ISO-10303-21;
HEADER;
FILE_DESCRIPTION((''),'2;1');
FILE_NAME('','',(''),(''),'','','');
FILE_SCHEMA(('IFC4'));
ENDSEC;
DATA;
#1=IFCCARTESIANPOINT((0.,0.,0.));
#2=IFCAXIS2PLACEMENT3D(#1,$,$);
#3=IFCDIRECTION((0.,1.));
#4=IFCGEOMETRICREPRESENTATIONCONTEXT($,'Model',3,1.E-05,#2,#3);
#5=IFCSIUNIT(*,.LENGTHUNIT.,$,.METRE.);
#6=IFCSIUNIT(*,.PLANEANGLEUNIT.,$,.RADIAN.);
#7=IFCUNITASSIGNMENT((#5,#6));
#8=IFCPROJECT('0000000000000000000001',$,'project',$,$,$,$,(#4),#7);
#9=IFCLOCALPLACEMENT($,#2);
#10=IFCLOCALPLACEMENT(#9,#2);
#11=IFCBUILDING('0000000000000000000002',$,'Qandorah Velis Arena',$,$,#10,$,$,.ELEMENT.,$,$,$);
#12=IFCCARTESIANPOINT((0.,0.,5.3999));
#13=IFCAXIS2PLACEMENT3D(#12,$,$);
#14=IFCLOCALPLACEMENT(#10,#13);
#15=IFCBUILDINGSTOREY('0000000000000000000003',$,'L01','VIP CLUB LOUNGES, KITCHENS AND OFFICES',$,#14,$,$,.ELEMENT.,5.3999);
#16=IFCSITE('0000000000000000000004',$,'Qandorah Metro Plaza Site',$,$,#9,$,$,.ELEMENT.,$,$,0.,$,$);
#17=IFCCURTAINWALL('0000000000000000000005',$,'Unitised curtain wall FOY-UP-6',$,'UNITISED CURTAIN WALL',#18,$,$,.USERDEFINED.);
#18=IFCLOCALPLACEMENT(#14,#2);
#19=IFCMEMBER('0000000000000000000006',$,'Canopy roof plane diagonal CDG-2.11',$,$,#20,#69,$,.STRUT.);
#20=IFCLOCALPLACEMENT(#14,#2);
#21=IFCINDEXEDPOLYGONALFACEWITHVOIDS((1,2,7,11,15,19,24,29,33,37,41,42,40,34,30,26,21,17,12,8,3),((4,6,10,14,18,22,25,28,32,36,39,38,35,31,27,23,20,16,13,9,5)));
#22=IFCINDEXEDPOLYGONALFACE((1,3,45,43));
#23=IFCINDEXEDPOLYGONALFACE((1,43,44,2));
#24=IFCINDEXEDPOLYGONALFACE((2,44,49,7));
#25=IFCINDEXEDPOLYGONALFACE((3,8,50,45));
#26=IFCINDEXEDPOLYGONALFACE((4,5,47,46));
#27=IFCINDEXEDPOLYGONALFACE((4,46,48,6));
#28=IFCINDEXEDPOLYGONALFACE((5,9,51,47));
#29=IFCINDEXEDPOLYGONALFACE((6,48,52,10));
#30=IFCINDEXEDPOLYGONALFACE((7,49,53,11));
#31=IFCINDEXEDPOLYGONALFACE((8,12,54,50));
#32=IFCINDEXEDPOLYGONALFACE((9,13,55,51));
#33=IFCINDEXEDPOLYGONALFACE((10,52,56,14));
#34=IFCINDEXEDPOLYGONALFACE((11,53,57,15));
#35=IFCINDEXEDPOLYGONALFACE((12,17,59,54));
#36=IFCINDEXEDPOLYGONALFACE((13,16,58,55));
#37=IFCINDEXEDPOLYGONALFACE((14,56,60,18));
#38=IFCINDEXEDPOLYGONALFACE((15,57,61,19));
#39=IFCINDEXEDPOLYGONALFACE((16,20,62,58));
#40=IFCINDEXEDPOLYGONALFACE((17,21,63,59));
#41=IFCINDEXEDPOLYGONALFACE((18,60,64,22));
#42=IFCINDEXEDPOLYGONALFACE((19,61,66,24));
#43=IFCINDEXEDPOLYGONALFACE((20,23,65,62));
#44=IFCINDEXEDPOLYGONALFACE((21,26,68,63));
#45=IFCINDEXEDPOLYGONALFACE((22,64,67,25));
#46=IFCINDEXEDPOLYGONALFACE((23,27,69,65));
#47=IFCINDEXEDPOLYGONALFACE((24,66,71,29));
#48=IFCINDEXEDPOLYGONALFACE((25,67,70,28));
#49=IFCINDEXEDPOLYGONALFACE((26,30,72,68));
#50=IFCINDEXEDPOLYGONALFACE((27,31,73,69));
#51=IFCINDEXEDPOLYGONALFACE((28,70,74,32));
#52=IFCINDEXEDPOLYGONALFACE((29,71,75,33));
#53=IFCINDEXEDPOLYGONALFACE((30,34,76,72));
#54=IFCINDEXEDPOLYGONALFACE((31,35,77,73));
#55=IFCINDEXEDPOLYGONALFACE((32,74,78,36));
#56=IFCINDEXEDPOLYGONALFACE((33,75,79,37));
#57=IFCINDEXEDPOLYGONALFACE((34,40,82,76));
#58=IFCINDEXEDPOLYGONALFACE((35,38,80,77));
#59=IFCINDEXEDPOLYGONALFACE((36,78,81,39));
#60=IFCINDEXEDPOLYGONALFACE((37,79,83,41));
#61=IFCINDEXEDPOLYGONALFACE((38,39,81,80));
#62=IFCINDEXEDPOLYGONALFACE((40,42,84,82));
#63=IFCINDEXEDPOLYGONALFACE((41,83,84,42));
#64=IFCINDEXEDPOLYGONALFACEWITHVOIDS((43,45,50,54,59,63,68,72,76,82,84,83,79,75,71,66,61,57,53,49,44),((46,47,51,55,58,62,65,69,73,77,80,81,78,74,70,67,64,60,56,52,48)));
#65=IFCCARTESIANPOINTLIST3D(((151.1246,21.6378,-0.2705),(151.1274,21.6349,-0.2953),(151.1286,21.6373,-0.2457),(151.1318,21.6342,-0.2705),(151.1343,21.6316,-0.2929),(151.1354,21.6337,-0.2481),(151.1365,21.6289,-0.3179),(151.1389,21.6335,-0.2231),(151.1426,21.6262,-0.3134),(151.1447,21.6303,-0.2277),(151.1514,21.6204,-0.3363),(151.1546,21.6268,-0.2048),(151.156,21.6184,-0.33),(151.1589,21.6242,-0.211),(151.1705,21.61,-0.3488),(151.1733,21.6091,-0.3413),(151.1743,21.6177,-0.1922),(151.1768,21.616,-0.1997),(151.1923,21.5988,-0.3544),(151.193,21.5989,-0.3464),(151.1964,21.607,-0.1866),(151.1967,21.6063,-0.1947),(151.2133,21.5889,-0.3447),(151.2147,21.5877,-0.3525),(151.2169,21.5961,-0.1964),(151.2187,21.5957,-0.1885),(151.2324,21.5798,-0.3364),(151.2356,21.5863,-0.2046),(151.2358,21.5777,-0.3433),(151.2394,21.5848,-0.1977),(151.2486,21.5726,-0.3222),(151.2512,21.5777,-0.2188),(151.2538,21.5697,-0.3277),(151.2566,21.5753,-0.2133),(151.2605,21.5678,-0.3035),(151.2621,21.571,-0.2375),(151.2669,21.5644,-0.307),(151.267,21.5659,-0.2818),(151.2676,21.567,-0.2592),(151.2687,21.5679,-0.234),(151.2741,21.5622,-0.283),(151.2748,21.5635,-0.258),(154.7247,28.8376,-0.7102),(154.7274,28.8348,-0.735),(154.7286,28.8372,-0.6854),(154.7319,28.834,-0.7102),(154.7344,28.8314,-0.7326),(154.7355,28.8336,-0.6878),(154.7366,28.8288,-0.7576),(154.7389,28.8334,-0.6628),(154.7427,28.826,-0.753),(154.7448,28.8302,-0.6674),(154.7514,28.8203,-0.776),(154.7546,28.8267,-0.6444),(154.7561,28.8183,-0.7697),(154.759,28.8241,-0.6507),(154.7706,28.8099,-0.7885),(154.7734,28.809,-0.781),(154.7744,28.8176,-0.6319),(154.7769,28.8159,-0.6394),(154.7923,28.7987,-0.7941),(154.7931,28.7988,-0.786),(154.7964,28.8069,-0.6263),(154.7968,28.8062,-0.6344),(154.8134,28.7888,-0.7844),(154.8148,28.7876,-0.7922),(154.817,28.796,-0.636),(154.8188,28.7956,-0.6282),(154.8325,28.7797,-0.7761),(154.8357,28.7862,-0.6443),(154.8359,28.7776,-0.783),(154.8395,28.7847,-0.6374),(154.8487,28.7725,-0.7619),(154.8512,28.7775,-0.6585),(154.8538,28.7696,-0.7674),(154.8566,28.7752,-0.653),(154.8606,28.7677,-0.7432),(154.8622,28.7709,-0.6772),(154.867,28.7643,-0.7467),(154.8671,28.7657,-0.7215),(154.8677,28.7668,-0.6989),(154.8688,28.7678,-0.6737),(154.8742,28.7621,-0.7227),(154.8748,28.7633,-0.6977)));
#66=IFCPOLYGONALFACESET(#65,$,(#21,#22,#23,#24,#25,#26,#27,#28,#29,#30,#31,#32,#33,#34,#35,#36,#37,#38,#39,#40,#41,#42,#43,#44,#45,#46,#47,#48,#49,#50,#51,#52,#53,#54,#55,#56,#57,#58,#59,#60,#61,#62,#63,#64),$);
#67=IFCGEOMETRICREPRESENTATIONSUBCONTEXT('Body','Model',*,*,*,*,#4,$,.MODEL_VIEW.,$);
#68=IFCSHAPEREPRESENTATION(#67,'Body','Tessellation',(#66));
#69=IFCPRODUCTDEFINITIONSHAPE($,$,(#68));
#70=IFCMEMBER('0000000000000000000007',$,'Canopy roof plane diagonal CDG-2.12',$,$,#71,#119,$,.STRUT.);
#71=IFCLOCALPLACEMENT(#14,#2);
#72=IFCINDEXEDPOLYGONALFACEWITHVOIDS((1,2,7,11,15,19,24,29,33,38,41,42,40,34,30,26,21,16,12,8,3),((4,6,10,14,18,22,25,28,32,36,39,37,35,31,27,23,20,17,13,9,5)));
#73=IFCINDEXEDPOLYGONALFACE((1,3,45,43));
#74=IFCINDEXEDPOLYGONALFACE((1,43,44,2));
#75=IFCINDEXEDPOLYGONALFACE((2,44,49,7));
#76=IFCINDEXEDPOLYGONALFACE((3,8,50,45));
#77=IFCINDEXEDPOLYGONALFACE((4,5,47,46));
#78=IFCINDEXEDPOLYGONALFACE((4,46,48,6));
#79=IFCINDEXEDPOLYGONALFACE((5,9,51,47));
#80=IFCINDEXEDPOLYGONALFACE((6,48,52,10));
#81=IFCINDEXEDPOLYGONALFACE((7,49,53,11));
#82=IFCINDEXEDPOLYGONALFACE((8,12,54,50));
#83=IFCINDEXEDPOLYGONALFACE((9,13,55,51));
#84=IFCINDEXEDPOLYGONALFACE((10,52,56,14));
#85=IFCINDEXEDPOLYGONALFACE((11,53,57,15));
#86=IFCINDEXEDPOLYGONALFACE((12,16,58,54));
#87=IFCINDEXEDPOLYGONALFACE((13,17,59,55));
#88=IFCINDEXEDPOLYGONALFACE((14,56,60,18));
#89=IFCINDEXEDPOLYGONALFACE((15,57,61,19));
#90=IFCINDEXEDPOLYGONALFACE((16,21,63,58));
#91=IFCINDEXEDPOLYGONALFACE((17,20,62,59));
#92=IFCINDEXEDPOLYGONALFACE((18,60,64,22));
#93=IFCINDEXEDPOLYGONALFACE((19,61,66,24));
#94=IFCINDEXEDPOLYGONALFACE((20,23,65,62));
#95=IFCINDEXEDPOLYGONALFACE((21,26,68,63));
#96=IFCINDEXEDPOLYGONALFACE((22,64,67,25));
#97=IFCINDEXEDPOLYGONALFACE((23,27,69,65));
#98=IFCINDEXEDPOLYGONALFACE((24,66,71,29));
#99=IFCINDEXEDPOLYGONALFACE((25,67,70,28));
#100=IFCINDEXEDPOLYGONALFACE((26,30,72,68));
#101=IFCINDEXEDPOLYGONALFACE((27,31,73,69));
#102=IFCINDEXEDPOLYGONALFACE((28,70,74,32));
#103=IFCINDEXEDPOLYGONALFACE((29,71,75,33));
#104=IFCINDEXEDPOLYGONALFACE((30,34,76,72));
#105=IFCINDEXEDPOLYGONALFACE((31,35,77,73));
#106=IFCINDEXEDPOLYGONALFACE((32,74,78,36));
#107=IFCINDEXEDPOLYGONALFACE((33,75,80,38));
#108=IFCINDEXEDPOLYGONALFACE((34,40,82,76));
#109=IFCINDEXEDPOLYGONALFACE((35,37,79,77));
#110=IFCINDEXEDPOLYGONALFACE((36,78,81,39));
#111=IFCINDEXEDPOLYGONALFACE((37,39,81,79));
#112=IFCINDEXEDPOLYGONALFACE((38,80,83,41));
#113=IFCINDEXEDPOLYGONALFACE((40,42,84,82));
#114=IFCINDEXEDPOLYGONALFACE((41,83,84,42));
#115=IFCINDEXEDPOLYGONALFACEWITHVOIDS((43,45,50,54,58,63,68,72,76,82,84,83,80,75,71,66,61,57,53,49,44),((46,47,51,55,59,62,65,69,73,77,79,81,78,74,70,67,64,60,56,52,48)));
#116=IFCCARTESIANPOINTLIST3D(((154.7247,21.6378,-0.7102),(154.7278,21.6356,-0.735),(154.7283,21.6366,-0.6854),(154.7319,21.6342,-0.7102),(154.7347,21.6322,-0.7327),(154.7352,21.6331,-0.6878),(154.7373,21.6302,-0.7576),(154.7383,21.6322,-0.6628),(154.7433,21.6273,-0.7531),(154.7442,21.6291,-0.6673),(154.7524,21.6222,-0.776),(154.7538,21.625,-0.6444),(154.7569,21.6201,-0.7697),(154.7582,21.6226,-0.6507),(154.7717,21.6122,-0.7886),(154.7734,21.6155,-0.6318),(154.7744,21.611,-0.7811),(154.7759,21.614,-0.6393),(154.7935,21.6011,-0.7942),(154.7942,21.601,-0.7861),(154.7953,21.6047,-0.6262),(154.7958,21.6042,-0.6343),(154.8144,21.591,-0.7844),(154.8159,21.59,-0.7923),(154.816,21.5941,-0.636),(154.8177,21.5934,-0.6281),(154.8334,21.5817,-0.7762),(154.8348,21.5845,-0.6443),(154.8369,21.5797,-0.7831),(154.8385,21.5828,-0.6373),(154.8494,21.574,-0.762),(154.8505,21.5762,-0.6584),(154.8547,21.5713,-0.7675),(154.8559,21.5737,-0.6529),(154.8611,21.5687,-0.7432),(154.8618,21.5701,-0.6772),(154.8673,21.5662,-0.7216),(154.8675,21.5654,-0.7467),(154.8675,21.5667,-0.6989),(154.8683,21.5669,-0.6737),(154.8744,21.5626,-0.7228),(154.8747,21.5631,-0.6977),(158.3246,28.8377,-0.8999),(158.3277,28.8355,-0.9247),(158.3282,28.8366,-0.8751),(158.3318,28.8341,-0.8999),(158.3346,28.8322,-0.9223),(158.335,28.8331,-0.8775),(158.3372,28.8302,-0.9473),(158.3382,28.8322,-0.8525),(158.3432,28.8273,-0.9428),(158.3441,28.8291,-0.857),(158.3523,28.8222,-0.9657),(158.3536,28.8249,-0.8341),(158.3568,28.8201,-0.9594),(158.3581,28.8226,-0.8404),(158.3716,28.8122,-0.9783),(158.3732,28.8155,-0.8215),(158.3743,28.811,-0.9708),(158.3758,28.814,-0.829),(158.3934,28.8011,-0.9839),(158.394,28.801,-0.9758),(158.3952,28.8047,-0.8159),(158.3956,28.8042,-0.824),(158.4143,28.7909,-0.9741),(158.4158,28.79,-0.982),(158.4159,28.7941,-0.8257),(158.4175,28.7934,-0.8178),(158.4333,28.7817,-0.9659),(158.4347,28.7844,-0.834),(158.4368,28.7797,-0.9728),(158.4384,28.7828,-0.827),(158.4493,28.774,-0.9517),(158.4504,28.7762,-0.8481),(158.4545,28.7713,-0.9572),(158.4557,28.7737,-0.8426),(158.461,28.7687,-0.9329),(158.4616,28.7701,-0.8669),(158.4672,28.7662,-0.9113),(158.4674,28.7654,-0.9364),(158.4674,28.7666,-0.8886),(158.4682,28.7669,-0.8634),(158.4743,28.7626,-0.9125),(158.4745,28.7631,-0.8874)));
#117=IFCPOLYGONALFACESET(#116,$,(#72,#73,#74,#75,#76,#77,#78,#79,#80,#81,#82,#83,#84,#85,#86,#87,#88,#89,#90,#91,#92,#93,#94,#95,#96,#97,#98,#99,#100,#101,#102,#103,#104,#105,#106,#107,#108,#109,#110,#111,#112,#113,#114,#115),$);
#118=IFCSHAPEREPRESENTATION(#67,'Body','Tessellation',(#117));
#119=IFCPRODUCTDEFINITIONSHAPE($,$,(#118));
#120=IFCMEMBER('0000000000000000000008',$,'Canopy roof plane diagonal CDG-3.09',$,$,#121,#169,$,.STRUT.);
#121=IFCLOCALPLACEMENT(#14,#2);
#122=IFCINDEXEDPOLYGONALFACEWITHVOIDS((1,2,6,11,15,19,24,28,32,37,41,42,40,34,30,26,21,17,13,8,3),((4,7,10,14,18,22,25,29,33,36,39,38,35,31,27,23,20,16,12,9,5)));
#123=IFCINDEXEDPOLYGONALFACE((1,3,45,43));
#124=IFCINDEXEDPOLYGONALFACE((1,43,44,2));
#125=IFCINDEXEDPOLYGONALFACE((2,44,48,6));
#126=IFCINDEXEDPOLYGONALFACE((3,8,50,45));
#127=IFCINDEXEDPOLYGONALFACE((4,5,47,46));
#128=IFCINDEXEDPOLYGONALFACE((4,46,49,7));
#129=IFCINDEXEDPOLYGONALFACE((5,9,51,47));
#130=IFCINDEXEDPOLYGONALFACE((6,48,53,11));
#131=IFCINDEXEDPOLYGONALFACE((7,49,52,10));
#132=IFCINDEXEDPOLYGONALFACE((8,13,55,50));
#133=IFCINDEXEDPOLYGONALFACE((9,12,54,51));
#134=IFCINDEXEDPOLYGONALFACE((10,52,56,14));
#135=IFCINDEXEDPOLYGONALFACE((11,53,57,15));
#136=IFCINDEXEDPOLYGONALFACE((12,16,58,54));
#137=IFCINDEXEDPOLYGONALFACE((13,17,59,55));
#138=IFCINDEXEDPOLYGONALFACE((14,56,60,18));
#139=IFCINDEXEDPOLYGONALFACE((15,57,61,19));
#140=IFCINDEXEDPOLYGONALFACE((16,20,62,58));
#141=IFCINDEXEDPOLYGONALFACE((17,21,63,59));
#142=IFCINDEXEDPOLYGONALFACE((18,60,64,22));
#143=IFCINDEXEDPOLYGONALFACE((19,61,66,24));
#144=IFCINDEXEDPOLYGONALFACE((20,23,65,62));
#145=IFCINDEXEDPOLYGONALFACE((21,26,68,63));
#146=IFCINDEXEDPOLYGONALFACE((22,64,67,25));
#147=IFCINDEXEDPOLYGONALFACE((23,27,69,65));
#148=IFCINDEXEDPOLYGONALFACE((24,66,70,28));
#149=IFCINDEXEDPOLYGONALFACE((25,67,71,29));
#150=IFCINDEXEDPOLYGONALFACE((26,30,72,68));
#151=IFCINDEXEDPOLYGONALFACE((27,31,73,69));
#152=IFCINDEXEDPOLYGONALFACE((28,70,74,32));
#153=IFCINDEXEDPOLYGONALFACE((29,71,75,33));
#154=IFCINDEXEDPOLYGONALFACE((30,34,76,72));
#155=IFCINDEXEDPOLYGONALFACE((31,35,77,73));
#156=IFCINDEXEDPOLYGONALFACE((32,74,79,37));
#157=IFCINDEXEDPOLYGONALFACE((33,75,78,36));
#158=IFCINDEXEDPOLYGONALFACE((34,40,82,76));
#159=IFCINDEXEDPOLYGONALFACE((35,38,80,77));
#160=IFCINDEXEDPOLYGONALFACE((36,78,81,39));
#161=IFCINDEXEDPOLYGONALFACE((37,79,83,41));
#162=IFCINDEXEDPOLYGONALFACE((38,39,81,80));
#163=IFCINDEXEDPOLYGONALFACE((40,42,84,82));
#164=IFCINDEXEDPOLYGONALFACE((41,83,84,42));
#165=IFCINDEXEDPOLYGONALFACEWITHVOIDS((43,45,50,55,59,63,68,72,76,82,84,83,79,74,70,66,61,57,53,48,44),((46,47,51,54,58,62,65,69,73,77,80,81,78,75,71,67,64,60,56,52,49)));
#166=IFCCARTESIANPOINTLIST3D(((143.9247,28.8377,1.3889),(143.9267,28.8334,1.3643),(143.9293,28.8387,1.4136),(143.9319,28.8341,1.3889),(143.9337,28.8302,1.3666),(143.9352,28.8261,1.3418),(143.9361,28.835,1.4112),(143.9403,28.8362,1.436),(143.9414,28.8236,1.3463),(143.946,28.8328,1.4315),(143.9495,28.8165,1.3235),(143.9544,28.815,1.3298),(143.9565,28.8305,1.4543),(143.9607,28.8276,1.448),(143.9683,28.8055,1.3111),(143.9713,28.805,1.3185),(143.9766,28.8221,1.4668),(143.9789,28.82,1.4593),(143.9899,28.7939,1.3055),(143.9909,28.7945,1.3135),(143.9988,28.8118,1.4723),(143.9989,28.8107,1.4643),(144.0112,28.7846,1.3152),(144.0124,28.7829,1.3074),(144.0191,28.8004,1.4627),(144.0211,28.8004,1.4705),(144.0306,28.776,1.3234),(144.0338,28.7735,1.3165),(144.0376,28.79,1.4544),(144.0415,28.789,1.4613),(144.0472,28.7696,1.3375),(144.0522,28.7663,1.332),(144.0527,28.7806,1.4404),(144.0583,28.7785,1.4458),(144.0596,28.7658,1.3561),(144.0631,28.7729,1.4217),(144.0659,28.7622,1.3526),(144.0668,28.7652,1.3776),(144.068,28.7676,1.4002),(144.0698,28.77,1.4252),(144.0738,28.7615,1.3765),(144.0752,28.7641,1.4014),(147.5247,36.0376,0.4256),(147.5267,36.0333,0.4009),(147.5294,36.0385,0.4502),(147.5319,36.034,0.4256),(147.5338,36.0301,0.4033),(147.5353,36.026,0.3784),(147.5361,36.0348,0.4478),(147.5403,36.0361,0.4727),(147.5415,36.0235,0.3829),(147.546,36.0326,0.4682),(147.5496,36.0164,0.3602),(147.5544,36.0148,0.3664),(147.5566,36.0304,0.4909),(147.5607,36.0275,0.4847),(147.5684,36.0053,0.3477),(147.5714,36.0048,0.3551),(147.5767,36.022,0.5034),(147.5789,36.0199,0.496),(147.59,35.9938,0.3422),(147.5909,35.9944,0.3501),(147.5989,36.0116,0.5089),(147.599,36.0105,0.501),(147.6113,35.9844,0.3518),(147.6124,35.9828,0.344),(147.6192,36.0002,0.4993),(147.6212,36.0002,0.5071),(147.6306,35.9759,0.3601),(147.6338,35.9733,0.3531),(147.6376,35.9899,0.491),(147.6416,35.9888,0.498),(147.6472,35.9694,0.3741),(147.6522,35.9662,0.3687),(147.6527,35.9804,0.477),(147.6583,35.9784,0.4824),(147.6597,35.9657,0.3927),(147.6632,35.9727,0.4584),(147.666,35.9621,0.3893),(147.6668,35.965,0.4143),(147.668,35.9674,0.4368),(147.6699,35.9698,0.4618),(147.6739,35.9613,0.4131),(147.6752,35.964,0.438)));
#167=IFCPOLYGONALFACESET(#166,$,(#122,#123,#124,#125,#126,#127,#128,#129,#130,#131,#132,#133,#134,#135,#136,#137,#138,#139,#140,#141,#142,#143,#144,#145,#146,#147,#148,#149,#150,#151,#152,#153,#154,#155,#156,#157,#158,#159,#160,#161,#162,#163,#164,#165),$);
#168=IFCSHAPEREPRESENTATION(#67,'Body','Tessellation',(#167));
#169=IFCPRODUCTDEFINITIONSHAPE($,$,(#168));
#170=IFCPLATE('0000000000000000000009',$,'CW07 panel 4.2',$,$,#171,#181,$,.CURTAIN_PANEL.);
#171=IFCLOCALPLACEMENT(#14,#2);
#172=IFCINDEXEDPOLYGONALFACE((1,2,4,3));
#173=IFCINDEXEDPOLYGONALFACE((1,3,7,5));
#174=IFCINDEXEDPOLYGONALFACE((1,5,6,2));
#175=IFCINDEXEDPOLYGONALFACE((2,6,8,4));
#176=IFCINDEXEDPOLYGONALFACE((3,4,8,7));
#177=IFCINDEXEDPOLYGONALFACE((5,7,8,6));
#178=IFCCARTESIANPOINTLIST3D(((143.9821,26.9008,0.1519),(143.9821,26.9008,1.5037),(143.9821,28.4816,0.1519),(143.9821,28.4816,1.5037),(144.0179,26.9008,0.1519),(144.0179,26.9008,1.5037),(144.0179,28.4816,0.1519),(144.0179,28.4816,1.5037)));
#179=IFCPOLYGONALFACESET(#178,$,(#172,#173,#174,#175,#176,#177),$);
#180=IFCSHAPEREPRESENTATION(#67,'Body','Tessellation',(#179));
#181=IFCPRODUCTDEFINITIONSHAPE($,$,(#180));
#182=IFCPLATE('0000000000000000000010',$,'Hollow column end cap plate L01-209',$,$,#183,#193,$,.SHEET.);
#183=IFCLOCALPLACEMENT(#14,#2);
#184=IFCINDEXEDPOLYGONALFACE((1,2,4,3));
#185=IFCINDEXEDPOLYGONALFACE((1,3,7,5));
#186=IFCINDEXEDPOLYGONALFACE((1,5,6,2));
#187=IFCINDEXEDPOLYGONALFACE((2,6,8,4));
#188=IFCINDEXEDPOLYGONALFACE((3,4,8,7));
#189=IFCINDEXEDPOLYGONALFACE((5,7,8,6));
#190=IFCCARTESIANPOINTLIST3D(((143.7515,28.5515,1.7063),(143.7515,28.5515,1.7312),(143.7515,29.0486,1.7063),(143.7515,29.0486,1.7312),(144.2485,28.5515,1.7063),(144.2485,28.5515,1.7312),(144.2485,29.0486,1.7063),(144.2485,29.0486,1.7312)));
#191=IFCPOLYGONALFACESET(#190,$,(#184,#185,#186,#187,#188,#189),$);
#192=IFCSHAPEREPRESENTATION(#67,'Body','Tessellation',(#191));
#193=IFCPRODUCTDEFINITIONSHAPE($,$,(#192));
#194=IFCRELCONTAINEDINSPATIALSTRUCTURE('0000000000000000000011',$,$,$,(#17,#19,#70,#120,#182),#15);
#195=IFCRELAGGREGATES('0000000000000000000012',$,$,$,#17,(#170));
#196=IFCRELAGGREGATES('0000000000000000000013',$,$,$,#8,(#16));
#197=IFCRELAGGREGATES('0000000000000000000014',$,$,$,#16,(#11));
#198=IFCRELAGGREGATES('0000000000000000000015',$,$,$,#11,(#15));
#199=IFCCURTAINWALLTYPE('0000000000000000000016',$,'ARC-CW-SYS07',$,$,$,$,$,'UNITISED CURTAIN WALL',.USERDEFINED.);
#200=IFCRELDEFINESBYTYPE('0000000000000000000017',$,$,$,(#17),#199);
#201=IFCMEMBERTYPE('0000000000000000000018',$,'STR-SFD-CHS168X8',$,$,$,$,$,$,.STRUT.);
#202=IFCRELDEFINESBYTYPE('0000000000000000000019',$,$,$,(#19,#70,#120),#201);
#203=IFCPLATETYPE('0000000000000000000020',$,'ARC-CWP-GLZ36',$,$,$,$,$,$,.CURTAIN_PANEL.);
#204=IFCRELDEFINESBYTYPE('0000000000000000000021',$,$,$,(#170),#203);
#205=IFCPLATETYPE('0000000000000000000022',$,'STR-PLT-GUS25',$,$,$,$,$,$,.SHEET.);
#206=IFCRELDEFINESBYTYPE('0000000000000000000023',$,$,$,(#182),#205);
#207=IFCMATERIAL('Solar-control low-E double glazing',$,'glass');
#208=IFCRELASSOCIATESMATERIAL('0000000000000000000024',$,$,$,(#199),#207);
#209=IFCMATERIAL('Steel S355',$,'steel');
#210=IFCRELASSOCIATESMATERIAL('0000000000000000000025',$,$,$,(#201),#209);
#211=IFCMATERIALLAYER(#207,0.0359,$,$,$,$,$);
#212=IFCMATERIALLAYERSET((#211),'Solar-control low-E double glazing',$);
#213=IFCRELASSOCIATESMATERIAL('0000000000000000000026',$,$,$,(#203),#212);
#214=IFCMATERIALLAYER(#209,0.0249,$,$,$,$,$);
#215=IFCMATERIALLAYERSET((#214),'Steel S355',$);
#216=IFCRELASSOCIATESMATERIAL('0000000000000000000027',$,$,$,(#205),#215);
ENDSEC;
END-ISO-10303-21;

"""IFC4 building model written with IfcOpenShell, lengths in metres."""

from ifc_helpers import new_model, si_unit, direction, frame, origin, origin_2d, place, context, subcontext, project, spatial, rectangle, hollow_circle, extrude, material, layer, layer_set, material_profile, profile_set, type_object, element, aggregate, save


model = new_model("IFC4")

# Units and contexts
model_context = context("Model", 3, precision=1e-05, world=origin(), true_north=direction((0.0, 1.0)))
body_context = subcontext(model_context, "Body", "Model", "MODEL_VIEW")
ifc_project = project(units=[si_unit("LENGTHUNIT", "METRE"), si_unit("PLANEANGLEUNIT", "RADIAN")], contexts=[model_context])

# Site, building, storey
site_placement = place(None, origin())
site = spatial("IfcSite", under=ifc_project, at=site_placement, Name="Qandorah Metro Plaza Site", CompositionType="ELEMENT", RefElevation=0.0)
building_placement = place(site_placement, origin())
building = spatial("IfcBuilding", under=site, at=building_placement, Name="Qandorah Velis Arena", CompositionType="ELEMENT")
storey_placement = place(building_placement, frame((0.0, 0.0, 5.3999)))
storey = spatial("IfcBuildingStorey", under=building, at=storey_placement, Name="L01", Description="VIP CLUB LOUNGES, KITCHENS AND OFFICES", CompositionType="ELEMENT", Elevation=5.3999)

# Shared definitions
ifc_material_1 = material(Name="Steel S355", Category="steel")

# Curtain wall
ifc_material_2 = material(Name="Solar-control low-E double glazing", Category="glass")
curtain_wall_type = type_object("IfcCurtainWallType", Name="ARC-CW-SYS07", ElementType="UNITISED CURTAIN WALL", PredefinedType="USERDEFINED", material=ifc_material_2)
curtain_wall_placement = place(storey_placement, origin())
curtain_wall = element("IfcCurtainWall", 1, at=curtain_wall_placement, inside=storey, type_object=curtain_wall_type, Name="Unitised curtain wall FOY-UP-6", ObjectType="UNITISED CURTAIN WALL", PredefinedType="USERDEFINED")

# Members
ifc_material_profile_1 = material_profile(ifc_material_1, hollow_circle(Radius=0.0842, WallThickness=0.0081, at=origin_2d()), Name="CHS 168.3x8")
ifc_profile_set_1 = profile_set([ifc_material_profile_1], Name="Steel S355")
member_type_1 = type_object("IfcMemberType", Name="STR-SFD-CHS168X8", PredefinedType="STRUT", material=ifc_profile_set_1)
member_1_placement = place(storey_placement, frame((151.2, 21.6001, -0.2705), z_axis=(0.44656, 0.89309, -0.054541), x_axis=(-0.894421, 0.447226, 0.0)))
element("IfcMember", 2, at=member_1_placement, inside=storey, type_object=member_type_1, Name="Canopy roof plane diagonal CDG-2.11", PredefinedType="STRUT", context=body_context, shape_type="SweptSolid", body=[
    extrude(hollow_circle(Radius=0.0842, WallThickness=0.0081, at=origin_2d()), origin(), (0.0, 0.0, 1.0), 8.0618),
])
member_2_placement = place(storey_placement, frame((154.8, 21.6001, -0.7102), z_axis=(0.447077, 0.894185, -0.023559), x_axis=(-0.894433, 0.447201, 0.0)))
element("IfcMember", 3, at=member_2_placement, inside=storey, type_object=member_type_1, Name="Canopy roof plane diagonal CDG-2.12", PredefinedType="STRUT", context=body_context, shape_type="SweptSolid", body=[
    extrude(hollow_circle(Radius=0.0842, WallThickness=0.0081, at=origin_2d()), origin(), (0.0, 0.0, 1.0), 8.052),
])
member_3_placement = place(storey_placement, frame((144.0, 28.8, 1.3889), z_axis=(0.444057, 0.888084, -0.118829), x_axis=(-0.894421, 0.447226, 0.0)))
element("IfcMember", 4, at=member_3_placement, inside=storey, type_object=member_type_1, Name="Canopy roof plane diagonal CDG-3.09", PredefinedType="STRUT", context=body_context, shape_type="SweptSolid", body=[
    extrude(hollow_circle(Radius=0.0842, WallThickness=0.0081, at=origin_2d()), origin(), (0.0, 0.0, 1.0), 8.1072),
])

# Plates
ifc_layer_1 = layer(ifc_material_2, 0.0359)
ifc_layer_set_1 = layer_set([ifc_layer_1], Name="Solar-control low-E double glazing")
plate_type_1 = type_object("IfcPlateType", Name="ARC-CWP-GLZ36", PredefinedType="CURTAIN_PANEL", material=ifc_layer_set_1)
plate_1_placement = place(storey_placement, frame((144.0, 27.6912, 0.1519), z_axis=(0.0, 0.0, 1.0), x_axis=(0.0, 1.0, 0.0)))
plate_1 = element("IfcPlate", 5, at=plate_1_placement, type_object=plate_type_1, Name="CW07 panel 4.2", PredefinedType="CURTAIN_PANEL", context=body_context, shape_type="SweptSolid", body=[
    extrude(rectangle(XDim=1.5808, YDim=0.0359, at=origin_2d()), origin(), (0.0, 0.0, 1.0), 1.3518),
])
aggregate(curtain_wall, [plate_1])
ifc_layer_2 = layer(ifc_material_1, 0.0249)
ifc_layer_set_2 = layer_set([ifc_layer_2], Name="Steel S355")
plate_type_2 = type_object("IfcPlateType", Name="STR-PLT-GUS25", PredefinedType="SHEET", material=ifc_layer_set_2)
plate_2_placement = place(storey_placement, frame((144.0, 28.8, 1.7063), z_axis=(0.0, 0.0, 1.0), x_axis=(1.0, 0.0, 0.0)))
element("IfcPlate", 6, at=plate_2_placement, inside=storey, type_object=plate_type_2, Name="Hollow column end cap plate L01-209", PredefinedType="SHEET", context=body_context, shape_type="SweptSolid", body=[
    extrude(rectangle(XDim=0.4971, YDim=0.4971, at=origin_2d()), origin(), (0.0, 0.0, 1.0), 0.0249),
])

save(model, "model.ifc")
